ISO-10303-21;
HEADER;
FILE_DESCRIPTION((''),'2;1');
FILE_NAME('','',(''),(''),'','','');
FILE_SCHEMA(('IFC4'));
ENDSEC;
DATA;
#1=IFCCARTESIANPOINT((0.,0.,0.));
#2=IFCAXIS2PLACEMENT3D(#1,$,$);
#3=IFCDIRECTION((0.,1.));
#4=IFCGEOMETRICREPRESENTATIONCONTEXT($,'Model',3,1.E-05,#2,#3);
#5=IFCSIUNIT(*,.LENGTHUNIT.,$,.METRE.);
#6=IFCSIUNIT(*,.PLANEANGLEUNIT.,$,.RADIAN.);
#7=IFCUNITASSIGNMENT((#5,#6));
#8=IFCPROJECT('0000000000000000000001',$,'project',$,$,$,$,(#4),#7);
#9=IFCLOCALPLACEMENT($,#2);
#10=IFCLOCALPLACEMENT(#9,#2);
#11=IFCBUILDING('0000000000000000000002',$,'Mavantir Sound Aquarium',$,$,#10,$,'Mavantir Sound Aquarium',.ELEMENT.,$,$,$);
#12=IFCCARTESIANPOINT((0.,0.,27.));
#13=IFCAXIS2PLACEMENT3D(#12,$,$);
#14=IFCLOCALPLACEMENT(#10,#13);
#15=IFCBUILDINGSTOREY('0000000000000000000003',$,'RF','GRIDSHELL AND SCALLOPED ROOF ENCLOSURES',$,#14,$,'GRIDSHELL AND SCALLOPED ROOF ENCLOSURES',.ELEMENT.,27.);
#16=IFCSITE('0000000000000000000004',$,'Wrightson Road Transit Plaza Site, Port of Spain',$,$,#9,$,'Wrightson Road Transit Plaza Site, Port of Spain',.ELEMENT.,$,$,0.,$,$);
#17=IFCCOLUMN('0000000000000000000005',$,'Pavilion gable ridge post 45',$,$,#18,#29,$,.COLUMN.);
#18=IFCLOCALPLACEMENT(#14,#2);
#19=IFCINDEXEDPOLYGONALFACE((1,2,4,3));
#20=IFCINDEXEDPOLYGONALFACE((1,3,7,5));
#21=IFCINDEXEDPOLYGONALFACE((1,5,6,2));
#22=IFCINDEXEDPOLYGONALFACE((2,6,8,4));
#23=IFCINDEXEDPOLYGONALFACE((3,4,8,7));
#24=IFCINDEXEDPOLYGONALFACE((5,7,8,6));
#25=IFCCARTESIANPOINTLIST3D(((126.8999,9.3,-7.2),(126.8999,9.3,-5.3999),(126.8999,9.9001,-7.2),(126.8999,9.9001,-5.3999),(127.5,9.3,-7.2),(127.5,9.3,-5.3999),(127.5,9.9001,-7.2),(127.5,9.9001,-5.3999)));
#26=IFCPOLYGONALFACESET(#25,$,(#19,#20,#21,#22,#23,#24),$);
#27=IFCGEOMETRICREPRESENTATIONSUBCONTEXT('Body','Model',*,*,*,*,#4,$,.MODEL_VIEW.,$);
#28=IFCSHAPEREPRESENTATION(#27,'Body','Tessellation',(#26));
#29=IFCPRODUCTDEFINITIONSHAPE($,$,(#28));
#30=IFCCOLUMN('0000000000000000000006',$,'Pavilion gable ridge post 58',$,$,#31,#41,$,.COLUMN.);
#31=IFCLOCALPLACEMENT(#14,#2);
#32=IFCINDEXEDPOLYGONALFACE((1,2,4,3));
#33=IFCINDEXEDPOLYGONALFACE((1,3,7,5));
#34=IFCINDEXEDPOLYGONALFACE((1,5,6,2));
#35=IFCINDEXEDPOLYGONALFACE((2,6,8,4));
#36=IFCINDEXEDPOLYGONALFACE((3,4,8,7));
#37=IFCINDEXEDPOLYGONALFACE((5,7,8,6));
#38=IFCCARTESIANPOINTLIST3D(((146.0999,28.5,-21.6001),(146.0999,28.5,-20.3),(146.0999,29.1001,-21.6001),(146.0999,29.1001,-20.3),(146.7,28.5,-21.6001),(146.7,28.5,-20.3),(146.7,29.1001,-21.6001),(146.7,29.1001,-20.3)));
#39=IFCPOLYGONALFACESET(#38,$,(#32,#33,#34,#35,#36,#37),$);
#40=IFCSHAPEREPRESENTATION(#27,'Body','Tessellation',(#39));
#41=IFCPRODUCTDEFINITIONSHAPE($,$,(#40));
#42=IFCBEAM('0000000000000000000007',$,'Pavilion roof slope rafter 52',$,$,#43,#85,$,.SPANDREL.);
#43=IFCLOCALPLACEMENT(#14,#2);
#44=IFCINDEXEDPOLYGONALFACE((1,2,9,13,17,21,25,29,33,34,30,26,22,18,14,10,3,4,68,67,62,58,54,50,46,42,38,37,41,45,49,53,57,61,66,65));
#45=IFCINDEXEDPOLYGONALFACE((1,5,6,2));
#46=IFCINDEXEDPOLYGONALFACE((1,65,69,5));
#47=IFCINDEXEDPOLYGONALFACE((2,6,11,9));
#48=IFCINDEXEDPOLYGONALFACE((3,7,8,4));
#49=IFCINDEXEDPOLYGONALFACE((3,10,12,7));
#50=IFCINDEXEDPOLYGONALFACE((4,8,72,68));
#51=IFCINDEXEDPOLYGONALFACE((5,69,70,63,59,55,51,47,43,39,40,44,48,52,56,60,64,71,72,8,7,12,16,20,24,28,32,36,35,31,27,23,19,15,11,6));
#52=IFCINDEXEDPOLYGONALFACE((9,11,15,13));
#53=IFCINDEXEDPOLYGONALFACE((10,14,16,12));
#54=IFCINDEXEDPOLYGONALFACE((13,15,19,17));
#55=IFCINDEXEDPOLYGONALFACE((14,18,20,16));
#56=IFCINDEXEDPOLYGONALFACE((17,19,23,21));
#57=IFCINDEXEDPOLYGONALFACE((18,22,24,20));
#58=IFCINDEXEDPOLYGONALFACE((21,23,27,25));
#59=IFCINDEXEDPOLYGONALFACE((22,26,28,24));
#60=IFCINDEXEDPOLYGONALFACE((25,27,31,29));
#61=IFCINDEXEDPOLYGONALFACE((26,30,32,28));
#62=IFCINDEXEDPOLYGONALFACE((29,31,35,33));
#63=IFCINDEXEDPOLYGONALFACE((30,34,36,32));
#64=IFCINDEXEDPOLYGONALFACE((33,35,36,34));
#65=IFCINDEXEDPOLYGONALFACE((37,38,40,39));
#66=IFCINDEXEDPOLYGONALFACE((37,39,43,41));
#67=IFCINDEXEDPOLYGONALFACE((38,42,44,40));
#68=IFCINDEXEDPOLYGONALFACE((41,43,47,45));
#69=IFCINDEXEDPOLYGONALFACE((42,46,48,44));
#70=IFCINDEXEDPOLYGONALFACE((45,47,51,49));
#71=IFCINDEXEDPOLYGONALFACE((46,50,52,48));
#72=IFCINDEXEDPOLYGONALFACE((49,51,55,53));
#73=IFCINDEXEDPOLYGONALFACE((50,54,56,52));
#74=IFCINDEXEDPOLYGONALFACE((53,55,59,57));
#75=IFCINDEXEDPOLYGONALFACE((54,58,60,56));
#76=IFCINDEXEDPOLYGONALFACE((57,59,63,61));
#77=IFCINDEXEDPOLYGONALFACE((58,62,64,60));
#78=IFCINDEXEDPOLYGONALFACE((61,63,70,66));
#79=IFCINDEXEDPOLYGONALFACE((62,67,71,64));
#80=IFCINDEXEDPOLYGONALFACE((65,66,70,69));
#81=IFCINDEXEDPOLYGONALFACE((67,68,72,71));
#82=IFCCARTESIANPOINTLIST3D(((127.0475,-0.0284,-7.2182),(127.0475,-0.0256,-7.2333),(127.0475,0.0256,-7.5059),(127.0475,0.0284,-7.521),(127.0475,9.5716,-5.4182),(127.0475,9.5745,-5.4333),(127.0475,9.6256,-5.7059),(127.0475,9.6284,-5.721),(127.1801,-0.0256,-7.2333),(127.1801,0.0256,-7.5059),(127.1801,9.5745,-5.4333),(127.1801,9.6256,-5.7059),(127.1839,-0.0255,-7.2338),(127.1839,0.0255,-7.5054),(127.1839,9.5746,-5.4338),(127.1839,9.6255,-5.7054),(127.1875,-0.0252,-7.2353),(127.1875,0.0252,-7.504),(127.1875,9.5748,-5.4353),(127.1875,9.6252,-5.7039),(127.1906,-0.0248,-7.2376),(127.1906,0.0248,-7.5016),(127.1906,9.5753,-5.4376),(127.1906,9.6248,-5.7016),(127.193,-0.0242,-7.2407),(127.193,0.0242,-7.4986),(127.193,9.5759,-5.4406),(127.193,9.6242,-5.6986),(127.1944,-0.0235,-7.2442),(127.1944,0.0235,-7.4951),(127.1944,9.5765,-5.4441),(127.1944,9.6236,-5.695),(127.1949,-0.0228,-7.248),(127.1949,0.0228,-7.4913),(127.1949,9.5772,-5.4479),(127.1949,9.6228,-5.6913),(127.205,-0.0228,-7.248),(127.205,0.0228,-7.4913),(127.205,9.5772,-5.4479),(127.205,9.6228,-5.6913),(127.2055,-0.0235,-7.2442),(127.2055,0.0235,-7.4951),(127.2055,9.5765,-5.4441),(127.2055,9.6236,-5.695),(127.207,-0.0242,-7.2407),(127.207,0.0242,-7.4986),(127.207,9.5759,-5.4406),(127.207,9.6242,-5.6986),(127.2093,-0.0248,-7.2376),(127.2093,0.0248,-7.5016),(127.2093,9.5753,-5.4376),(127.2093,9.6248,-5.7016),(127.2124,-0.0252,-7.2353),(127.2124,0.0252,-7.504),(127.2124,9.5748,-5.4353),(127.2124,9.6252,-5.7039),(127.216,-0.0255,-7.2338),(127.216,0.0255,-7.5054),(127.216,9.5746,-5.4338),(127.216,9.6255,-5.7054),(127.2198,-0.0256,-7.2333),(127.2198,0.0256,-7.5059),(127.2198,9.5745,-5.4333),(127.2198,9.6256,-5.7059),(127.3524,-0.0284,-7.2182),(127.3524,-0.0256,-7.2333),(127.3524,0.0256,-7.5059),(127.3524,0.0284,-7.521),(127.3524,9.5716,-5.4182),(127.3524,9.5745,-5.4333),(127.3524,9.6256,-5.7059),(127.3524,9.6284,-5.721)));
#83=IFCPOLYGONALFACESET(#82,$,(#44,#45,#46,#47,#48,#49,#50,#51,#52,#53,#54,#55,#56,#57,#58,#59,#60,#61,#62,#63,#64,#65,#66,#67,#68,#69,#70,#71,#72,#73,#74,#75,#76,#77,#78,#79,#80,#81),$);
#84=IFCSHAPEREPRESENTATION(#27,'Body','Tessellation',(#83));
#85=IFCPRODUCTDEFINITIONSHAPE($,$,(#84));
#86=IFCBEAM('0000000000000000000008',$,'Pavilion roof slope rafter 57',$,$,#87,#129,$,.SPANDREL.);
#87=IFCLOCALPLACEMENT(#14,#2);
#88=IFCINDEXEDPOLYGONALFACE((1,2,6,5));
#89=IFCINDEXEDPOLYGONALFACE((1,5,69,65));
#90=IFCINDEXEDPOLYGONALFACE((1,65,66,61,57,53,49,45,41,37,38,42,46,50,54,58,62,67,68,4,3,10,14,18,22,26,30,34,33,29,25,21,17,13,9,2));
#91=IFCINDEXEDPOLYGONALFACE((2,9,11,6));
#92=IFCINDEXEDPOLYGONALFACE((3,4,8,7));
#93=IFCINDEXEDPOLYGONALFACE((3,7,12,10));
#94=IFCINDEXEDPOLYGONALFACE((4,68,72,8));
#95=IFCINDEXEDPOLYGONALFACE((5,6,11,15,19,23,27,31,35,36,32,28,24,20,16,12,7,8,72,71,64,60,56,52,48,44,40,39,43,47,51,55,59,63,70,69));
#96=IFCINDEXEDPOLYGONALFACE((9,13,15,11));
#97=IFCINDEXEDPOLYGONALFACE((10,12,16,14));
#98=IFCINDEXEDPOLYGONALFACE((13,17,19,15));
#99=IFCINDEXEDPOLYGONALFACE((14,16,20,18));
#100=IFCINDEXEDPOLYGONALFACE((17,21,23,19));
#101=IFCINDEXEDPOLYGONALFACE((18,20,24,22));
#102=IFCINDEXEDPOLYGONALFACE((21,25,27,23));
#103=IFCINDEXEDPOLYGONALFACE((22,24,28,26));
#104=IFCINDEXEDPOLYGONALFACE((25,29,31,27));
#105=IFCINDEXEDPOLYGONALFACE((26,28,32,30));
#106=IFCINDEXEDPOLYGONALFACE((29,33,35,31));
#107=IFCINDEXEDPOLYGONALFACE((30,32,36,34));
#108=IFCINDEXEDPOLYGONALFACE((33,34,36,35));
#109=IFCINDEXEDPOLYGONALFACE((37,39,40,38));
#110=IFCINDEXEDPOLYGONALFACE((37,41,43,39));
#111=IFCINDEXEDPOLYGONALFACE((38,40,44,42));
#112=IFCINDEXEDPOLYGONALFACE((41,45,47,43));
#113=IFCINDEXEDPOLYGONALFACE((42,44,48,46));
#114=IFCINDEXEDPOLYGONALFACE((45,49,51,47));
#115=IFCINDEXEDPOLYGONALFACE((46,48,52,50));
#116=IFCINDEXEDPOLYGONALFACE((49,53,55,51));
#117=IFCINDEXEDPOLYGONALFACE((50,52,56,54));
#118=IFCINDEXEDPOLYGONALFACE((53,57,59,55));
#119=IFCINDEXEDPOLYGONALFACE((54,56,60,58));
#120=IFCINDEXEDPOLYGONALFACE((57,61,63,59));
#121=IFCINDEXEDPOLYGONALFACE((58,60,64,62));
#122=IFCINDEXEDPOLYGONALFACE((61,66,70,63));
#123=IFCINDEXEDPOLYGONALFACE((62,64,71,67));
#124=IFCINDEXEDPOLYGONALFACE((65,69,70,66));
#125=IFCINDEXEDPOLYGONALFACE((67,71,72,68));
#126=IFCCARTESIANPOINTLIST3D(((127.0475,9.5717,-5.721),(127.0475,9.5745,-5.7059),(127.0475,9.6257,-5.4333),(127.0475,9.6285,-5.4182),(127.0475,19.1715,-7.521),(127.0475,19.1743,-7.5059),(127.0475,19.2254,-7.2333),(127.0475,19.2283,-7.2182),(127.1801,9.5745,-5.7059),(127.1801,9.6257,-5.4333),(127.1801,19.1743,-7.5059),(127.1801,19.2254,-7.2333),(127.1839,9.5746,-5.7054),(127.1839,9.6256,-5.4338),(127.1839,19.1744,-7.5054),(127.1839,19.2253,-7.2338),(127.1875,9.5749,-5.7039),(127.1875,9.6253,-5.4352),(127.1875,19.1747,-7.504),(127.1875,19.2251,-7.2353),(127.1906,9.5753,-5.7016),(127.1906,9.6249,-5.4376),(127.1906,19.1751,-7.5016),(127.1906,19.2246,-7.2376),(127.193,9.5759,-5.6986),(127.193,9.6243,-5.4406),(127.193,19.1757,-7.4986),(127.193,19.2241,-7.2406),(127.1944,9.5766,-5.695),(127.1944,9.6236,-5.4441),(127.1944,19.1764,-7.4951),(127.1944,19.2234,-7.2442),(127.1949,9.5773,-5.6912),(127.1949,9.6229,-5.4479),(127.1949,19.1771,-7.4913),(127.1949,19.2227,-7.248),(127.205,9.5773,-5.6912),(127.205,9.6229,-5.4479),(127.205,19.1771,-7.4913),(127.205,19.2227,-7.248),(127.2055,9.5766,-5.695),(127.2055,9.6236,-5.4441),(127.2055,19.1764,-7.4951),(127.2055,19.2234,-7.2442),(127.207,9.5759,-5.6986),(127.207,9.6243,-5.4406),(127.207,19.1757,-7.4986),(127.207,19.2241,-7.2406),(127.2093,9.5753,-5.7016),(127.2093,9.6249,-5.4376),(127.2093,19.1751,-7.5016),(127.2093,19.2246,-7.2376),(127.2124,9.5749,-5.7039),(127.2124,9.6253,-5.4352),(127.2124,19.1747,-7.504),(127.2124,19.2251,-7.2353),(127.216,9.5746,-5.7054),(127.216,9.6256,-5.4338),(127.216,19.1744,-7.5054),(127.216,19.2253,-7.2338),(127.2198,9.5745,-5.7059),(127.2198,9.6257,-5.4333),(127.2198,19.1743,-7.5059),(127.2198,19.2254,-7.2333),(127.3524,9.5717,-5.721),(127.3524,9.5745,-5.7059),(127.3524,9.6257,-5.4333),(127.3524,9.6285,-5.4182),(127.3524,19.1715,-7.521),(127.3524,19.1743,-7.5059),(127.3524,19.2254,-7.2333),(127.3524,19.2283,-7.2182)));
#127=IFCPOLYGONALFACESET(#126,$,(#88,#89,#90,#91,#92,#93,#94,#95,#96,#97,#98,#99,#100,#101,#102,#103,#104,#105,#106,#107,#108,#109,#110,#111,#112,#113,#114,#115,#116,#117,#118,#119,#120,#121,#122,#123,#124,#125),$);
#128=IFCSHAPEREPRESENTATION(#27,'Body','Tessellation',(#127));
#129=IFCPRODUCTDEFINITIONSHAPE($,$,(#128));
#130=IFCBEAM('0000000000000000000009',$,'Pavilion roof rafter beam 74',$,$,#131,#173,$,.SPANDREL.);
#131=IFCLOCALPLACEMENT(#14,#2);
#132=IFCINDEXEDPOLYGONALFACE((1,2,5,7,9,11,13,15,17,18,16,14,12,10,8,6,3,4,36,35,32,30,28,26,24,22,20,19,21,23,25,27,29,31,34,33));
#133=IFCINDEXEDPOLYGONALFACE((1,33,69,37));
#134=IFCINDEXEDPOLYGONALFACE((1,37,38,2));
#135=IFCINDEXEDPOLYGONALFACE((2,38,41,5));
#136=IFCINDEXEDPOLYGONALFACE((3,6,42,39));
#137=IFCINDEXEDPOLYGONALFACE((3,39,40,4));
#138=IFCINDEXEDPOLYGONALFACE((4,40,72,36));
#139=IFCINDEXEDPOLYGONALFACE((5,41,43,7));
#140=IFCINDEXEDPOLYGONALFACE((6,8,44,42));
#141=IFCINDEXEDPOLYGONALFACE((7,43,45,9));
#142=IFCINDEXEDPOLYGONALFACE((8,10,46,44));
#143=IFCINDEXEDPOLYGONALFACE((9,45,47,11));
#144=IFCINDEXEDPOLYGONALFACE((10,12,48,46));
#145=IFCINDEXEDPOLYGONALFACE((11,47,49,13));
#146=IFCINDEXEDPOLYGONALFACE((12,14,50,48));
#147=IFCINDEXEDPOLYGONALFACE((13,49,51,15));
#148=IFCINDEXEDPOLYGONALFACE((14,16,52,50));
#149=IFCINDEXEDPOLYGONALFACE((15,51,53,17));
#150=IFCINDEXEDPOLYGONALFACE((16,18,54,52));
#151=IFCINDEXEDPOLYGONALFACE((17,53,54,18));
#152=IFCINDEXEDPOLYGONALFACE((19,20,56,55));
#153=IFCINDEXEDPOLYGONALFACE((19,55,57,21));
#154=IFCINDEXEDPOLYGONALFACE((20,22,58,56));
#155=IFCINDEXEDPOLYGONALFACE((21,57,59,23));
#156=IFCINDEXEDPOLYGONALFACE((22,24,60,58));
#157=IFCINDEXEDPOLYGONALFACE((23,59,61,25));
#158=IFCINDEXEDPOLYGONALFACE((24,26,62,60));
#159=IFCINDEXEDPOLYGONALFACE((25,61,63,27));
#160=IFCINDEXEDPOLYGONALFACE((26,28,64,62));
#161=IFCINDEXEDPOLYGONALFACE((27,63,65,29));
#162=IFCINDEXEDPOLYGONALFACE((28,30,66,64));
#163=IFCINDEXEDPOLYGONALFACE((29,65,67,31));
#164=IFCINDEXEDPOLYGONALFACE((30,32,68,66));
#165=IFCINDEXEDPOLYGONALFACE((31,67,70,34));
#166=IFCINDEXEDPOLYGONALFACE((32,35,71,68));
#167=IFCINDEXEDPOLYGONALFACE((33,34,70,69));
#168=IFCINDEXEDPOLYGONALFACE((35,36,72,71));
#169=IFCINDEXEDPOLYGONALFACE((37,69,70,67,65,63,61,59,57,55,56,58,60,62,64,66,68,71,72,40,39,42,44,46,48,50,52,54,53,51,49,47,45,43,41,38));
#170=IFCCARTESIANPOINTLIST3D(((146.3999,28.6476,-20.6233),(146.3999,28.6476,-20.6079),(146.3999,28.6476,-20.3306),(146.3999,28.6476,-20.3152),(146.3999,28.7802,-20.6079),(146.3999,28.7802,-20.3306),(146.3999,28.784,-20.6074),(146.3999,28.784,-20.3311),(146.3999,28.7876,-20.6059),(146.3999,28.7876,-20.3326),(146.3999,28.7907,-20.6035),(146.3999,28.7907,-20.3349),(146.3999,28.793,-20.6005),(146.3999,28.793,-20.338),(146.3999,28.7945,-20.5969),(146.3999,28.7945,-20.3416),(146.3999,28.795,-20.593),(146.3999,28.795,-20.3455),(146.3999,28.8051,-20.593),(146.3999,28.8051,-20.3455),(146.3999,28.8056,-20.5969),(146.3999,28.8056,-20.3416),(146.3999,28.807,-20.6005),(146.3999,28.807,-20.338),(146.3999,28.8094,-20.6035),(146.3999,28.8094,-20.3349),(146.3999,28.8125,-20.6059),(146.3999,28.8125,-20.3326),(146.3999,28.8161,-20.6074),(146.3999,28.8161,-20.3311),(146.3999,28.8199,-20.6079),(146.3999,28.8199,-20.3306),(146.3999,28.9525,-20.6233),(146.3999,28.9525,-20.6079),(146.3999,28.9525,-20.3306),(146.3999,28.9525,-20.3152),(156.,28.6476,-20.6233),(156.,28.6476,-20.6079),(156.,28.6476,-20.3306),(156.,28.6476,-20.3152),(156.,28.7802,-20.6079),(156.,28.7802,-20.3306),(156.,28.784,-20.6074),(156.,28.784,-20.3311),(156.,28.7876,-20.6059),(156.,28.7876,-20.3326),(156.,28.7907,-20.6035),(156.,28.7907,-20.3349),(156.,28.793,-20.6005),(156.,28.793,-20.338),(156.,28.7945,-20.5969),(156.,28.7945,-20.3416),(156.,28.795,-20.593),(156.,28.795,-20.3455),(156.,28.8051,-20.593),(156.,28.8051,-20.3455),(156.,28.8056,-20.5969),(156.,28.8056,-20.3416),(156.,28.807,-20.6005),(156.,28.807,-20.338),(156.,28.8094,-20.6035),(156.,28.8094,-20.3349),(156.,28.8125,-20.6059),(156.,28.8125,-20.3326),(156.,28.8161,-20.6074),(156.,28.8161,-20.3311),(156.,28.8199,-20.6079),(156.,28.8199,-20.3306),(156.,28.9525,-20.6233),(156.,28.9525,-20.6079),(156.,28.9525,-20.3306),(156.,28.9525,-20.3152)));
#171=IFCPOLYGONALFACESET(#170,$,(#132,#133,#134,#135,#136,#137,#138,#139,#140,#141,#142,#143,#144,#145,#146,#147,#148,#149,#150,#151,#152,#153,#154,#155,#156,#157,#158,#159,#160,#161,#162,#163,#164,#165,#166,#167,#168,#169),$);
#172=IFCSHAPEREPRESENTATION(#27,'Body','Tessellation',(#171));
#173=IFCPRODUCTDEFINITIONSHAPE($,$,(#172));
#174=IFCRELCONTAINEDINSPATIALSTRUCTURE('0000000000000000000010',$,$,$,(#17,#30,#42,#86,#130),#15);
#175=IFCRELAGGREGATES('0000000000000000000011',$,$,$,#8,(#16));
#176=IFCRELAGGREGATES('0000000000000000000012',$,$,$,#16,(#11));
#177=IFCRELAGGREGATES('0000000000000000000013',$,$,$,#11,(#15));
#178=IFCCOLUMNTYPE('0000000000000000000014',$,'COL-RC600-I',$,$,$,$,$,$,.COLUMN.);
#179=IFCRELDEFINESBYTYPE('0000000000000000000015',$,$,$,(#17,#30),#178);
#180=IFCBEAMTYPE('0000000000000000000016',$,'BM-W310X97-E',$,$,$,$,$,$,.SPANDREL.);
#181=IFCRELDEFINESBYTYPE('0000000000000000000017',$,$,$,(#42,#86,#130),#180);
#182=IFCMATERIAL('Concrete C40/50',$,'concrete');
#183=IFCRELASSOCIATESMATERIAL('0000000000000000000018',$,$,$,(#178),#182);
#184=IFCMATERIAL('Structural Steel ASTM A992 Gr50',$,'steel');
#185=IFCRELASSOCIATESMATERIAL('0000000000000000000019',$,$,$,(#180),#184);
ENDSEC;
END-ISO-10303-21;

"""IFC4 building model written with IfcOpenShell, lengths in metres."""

from ifc_helpers import new_model, si_unit, direction, frame, origin, origin_2d, place, context, subcontext, project, spatial, rectangle, i_section, extrude, material, material_profile, profile_set, type_object, element, save


model = new_model("IFC4")

# Units and contexts
model_context = context("Model", 3, precision=1e-05, world=origin(), true_north=direction((0.0, 1.0)))
body_context = subcontext(model_context, "Body", "Model", "MODEL_VIEW")
ifc_project = project(units=[si_unit("LENGTHUNIT", "METRE"), si_unit("PLANEANGLEUNIT", "RADIAN")], contexts=[model_context])

# Site, building, storey
site_placement = place(None, origin())
site = spatial("IfcSite", under=ifc_project, at=site_placement, Name="Wrightson Road Transit Plaza Site, Port of Spain", LongName="Wrightson Road Transit Plaza Site, Port of Spain", CompositionType="ELEMENT", RefElevation=0.0)
building_placement = place(site_placement, origin())
building = spatial("IfcBuilding", under=site, at=building_placement, Name="Mavantir Sound Aquarium", LongName="Mavantir Sound Aquarium", CompositionType="ELEMENT")
storey_placement = place(building_placement, frame((0.0, 0.0, 27.0)))
storey = spatial("IfcBuildingStorey", under=building, at=storey_placement, Name="RF", Description="GRIDSHELL AND SCALLOPED ROOF ENCLOSURES", LongName="GRIDSHELL AND SCALLOPED ROOF ENCLOSURES", CompositionType="ELEMENT", Elevation=27.0)

# Columns
ifc_material_1 = material(Name="Concrete C40/50", Category="concrete")
ifc_material_profile_1 = material_profile(ifc_material_1, rectangle(XDim=0.6001, YDim=0.6001, at=origin_2d()), Name="RC 600X600")
ifc_profile_set_1 = profile_set([ifc_material_profile_1], Name="Concrete C40/50")
column_type = type_object("IfcColumnType", Name="COL-RC600-I", PredefinedType="COLUMN", material=ifc_profile_set_1)
column_1_placement = place(storey_placement, frame((127.2, 9.6001, -7.2), z_axis=(0.0, 0.0, 1.0), x_axis=(1.0, 0.0, 0.0)))
element("IfcColumn", 1, at=column_1_placement, inside=storey, type_object=column_type, Name="Pavilion gable ridge post 45", PredefinedType="COLUMN", context=body_context, shape_type="SweptSolid", body=[
    extrude(rectangle(XDim=0.6001, YDim=0.6001, at=origin_2d()), origin(), (0.0, 0.0, 1.0), 1.8),
])
column_2_placement = place(storey_placement, frame((146.3999, 28.8, -21.6001), z_axis=(0.0, 0.0, 1.0), x_axis=(1.0, 0.0, 0.0)))
element("IfcColumn", 2, at=column_2_placement, inside=storey, type_object=column_type, Name="Pavilion gable ridge post 58", PredefinedType="COLUMN", context=body_context, shape_type="SweptSolid", body=[
    extrude(rectangle(XDim=0.6001, YDim=0.6001, at=origin_2d()), origin(), (0.0, 0.0, 1.0), 1.3),
])

# Beams
ifc_material_2 = material(Name="Structural Steel ASTM A992 Gr50", Category="steel")
ifc_material_profile_2 = material_profile(ifc_material_2, i_section(OverallWidth=0.3049, OverallDepth=0.3081, WebThickness=0.01, FlangeThickness=0.0154, FilletRadius=0.0149, at=origin_2d()), Name="W310X97")
ifc_profile_set_2 = profile_set([ifc_material_profile_2], Name="Structural Steel ASTM A992 Gr50")
beam_type = type_object("IfcBeamType", Name="BM-W310X97-E", PredefinedType="SPANDREL", material=ifc_profile_set_2)
beam_1_placement = place(storey_placement, frame((127.2, 0.0, -7.3696), z_axis=(0.0, 0.982872, 0.184292), x_axis=(-1.0, 0.0, 0.0)))
element("IfcBeam", 3, at=beam_1_placement, inside=storey, type_object=beam_type, Name="Pavilion roof slope rafter 52", PredefinedType="SPANDREL", context=body_context, shape_type="SweptSolid", body=[
    extrude(i_section(OverallWidth=0.3049, OverallDepth=0.3081, WebThickness=0.01, FlangeThickness=0.0154, FilletRadius=0.0149, at=origin_2d()), origin(), (0.0, 0.0, 1.0), 9.7673),
])
beam_2_placement = place(storey_placement, frame((127.2, 9.6001, -5.5696), z_axis=(0.0, 0.982871, -0.184296), x_axis=(-1.0, 0.0, 0.0)))
element("IfcBeam", 4, at=beam_2_placement, inside=storey, type_object=beam_type, Name="Pavilion roof slope rafter 57", PredefinedType="SPANDREL", context=body_context, shape_type="SweptSolid", body=[
    extrude(i_section(OverallWidth=0.3049, OverallDepth=0.3081, WebThickness=0.01, FlangeThickness=0.0154, FilletRadius=0.0149, at=origin_2d()), origin(), (0.0, 0.0, 1.0), 9.7671),
])
beam_3_placement = place(storey_placement, frame((146.3999, 28.8, -20.4692), z_axis=(1.0, 0.0, 0.0), x_axis=(0.0, 1.0, 0.0)))
element("IfcBeam", 5, at=beam_3_placement, inside=storey, type_object=beam_type, Name="Pavilion roof rafter beam 74", PredefinedType="SPANDREL", context=body_context, shape_type="SweptSolid", body=[
    extrude(i_section(OverallWidth=0.3049, OverallDepth=0.3081, WebThickness=0.01, FlangeThickness=0.0154, FilletRadius=0.0149, at=origin_2d()), origin(), (0.0, 0.0, 1.0), 9.6001),
])

save(model, "model.ifc")
